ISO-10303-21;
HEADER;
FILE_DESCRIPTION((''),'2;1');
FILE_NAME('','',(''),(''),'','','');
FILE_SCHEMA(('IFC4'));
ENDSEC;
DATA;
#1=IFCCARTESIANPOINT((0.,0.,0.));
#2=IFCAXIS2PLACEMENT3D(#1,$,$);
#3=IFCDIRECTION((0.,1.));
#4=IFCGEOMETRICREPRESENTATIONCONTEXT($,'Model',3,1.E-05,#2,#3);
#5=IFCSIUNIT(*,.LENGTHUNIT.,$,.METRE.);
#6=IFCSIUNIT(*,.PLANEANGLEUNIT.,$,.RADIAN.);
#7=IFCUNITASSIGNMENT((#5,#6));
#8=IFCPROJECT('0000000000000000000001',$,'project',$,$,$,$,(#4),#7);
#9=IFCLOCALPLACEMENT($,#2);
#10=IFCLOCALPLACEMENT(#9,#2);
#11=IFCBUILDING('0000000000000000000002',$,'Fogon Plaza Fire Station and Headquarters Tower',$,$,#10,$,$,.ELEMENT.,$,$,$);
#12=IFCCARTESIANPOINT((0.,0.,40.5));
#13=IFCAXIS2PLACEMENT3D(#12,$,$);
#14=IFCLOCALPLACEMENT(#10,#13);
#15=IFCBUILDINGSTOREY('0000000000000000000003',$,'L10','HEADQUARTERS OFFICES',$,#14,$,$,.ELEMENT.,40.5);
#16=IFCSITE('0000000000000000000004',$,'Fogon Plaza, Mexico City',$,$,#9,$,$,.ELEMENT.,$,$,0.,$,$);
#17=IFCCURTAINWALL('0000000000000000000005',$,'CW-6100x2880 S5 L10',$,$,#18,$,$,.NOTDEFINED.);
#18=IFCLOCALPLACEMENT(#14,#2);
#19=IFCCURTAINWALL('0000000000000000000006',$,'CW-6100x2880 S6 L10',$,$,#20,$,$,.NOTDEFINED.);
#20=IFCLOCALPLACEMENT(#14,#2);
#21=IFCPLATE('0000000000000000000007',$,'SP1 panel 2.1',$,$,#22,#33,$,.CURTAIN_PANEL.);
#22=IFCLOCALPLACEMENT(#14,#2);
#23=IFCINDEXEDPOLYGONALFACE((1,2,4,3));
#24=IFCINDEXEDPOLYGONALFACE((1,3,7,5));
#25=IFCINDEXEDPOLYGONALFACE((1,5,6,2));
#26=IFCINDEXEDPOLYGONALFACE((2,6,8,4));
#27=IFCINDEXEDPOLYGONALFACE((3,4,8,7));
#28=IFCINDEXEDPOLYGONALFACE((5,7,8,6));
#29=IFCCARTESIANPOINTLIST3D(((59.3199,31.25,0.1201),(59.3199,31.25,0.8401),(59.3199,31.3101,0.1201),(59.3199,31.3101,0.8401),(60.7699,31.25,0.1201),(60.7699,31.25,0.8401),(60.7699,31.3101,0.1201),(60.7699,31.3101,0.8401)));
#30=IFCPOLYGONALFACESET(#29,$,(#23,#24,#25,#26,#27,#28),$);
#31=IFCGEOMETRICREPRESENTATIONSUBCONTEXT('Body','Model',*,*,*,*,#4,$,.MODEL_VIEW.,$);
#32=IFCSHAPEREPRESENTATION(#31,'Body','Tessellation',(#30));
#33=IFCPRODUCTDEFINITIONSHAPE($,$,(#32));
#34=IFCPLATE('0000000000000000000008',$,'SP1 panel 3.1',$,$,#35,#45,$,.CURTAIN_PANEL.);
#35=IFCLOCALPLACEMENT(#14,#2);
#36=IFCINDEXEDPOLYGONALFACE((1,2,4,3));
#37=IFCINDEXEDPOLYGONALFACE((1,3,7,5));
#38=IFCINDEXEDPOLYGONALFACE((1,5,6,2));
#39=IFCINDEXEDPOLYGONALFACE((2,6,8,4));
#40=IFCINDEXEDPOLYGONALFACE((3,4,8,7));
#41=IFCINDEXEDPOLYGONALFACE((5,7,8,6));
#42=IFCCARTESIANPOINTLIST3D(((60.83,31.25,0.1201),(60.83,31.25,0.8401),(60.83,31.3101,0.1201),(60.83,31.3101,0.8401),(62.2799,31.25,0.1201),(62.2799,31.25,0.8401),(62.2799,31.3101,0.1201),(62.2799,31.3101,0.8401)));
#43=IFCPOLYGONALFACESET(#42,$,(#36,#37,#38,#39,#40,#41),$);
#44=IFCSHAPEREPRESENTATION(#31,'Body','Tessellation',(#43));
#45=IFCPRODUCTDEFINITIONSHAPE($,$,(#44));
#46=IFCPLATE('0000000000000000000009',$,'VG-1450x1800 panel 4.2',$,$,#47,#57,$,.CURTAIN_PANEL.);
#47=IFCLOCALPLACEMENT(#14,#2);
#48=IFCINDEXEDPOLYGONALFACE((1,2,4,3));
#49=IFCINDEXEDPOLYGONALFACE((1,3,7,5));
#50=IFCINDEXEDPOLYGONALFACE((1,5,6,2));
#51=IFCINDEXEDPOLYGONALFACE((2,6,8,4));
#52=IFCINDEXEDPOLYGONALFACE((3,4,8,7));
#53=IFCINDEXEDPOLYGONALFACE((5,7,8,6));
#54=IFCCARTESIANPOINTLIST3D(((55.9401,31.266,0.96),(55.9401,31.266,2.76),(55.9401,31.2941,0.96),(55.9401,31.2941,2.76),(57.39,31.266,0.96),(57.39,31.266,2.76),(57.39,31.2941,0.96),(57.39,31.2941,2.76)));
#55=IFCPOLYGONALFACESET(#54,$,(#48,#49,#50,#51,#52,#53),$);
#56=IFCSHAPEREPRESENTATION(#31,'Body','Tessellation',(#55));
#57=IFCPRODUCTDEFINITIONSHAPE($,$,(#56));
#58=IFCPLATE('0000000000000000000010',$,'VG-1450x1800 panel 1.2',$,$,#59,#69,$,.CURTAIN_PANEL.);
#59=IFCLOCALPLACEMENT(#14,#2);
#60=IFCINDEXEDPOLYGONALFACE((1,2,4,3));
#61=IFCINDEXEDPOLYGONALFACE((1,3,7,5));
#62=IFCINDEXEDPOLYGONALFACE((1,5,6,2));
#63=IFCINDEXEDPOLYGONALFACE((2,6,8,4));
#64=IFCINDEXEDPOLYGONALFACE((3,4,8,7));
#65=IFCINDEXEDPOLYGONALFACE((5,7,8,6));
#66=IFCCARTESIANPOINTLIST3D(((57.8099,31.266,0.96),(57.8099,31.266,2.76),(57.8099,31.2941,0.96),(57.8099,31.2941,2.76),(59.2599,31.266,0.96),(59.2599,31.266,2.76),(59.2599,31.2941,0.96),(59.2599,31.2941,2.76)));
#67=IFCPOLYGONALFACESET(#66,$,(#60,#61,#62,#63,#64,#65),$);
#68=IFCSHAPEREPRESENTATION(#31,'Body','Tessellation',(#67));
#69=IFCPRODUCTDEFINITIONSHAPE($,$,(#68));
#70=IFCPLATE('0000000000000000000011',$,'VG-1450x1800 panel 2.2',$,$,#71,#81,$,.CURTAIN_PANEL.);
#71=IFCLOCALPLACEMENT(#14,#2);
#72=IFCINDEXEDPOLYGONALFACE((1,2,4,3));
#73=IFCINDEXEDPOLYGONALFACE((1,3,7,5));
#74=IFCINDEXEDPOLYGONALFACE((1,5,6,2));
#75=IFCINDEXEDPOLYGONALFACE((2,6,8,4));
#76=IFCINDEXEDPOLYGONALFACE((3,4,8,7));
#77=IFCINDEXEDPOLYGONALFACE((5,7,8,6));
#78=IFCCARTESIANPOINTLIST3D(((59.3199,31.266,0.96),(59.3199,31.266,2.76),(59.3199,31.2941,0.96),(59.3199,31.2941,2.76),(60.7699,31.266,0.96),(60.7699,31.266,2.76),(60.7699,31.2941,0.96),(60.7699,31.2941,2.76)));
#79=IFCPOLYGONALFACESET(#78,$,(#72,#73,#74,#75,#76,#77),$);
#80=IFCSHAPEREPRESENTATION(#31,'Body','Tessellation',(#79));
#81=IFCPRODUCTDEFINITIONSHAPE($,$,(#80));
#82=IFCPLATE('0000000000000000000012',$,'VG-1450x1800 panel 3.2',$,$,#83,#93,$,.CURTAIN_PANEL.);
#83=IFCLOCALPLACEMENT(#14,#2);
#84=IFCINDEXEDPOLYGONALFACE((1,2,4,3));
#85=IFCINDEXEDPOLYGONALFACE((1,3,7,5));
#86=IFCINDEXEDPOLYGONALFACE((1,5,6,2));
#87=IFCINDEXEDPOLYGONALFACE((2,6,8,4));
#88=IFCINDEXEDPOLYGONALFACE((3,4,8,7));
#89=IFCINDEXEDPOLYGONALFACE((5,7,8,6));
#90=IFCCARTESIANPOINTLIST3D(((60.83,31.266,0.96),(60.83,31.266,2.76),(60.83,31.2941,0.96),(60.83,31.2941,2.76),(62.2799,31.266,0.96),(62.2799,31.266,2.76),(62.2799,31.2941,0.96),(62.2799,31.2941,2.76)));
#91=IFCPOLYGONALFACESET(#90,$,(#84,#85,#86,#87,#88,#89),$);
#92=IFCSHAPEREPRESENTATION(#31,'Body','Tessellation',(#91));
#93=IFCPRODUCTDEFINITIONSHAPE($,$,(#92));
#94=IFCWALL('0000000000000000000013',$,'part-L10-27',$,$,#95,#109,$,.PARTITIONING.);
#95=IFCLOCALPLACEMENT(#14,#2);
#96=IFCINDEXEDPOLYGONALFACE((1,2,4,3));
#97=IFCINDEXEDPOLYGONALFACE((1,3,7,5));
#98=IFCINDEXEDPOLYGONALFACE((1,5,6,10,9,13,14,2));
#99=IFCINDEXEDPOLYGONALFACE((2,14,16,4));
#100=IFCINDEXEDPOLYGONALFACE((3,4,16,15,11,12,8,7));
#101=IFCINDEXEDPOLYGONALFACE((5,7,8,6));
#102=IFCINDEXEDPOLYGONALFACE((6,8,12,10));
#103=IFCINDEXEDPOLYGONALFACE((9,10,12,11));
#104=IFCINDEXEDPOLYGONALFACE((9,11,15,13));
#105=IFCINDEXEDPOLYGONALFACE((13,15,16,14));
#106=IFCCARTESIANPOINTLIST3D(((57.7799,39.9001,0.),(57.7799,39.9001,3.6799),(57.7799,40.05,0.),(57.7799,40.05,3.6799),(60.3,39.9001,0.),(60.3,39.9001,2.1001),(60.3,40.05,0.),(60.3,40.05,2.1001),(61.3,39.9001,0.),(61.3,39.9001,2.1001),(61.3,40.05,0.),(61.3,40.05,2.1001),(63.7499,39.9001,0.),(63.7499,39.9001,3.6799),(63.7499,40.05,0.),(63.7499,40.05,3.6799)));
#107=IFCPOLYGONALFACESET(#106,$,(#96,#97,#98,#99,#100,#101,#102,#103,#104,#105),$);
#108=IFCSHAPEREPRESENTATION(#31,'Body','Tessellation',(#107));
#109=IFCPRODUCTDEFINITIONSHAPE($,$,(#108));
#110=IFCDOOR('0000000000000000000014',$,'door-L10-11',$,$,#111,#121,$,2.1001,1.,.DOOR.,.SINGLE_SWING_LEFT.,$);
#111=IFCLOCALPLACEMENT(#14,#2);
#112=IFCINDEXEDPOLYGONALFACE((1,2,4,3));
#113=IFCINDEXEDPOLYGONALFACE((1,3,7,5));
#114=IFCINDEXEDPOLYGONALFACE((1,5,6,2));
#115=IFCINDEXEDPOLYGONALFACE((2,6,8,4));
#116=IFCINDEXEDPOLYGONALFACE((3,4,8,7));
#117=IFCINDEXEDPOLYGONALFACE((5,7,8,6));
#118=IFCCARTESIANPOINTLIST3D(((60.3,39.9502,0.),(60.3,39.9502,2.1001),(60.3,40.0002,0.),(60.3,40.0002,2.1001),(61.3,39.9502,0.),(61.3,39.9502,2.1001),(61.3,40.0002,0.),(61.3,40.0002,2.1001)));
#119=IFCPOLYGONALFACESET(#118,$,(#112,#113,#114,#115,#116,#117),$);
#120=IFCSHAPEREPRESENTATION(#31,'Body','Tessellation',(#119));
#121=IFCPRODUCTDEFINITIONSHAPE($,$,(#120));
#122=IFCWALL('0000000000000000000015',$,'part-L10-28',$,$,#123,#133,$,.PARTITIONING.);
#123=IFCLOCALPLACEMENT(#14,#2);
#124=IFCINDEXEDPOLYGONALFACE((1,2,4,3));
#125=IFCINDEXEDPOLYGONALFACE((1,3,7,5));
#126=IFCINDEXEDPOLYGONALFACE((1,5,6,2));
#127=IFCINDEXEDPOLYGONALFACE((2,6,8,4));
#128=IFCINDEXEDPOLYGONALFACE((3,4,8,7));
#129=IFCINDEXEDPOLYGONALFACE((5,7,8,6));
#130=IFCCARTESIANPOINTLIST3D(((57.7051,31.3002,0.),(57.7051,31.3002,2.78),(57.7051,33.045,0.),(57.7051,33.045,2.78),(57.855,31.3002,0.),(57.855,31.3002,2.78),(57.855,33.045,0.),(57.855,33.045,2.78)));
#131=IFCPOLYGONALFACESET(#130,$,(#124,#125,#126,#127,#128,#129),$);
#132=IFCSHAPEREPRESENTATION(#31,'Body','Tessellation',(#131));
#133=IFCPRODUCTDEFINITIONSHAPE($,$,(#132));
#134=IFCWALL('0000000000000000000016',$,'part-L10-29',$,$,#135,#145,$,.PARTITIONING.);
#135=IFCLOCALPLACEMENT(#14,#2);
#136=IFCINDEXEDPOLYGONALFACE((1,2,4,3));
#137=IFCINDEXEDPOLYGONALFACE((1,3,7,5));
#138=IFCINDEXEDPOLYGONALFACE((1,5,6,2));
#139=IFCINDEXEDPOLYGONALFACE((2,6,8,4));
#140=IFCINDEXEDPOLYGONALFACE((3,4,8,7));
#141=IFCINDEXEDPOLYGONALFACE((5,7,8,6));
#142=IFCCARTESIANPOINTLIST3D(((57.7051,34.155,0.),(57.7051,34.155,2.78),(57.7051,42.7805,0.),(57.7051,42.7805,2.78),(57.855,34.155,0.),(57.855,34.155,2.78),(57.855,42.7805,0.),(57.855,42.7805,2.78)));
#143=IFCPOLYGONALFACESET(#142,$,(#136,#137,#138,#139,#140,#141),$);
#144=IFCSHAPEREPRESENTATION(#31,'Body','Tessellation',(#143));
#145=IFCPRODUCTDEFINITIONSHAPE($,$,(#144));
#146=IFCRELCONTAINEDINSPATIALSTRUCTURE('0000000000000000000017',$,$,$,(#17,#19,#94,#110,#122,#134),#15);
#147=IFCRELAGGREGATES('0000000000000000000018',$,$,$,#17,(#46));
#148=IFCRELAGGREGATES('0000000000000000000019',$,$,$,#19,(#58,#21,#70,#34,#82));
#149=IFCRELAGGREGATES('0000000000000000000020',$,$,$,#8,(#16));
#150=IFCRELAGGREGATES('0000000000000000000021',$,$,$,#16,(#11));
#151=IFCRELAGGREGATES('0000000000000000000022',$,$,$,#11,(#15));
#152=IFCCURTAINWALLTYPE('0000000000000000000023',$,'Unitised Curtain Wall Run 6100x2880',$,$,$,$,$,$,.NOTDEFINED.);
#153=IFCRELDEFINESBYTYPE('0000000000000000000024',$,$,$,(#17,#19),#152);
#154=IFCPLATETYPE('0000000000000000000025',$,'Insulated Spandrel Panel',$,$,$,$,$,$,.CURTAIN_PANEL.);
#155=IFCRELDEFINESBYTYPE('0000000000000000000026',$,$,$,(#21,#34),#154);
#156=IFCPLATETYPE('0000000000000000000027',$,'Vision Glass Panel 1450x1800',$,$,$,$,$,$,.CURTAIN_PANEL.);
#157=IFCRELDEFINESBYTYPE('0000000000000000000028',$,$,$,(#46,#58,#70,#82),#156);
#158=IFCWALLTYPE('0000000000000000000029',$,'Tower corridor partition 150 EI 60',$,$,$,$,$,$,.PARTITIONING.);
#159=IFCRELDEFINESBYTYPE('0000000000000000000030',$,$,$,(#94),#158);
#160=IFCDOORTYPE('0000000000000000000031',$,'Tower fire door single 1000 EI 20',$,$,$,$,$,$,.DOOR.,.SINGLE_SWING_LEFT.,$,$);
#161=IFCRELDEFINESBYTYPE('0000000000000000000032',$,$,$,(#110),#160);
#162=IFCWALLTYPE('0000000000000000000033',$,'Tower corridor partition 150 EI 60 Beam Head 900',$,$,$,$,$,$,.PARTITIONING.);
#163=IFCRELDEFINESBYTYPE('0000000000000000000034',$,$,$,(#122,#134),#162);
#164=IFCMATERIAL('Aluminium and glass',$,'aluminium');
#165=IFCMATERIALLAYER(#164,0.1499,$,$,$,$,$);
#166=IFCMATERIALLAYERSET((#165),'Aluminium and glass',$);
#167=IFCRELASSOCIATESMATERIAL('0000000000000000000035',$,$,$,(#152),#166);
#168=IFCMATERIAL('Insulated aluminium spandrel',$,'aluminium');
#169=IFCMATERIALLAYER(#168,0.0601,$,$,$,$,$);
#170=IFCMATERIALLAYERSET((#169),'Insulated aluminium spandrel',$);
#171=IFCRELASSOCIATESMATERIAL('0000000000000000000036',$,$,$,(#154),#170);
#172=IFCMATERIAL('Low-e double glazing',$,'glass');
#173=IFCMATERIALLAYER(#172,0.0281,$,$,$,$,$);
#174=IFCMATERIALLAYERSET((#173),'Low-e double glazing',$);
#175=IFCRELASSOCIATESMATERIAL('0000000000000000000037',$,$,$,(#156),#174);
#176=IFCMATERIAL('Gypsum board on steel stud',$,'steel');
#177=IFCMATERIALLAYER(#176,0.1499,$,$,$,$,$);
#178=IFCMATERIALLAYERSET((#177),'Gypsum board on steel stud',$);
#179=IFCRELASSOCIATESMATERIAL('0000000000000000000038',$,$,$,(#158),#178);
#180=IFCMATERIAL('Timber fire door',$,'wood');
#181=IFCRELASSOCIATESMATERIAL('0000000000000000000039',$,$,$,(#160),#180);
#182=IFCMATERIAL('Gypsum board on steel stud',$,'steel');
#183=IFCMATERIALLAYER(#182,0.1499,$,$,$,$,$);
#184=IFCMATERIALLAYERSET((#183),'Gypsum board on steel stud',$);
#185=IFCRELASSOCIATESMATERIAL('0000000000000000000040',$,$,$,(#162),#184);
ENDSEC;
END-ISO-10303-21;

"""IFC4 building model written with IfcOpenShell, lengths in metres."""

from ifc_helpers import new_model, si_unit, direction, frame, frame_2d, origin, origin_2d, place, context, subcontext, project, spatial, rectangle, extrude, material, layer, layer_set, type_object, element, fill, aggregate, save


model = new_model("IFC4")

# Units and contexts
model_context = context("Model", 3, precision=1e-05, world=origin(), true_north=direction((0.0, 1.0)))
body_context = subcontext(model_context, "Body", "Model", "MODEL_VIEW")
ifc_project = project(units=[si_unit("LENGTHUNIT", "METRE"), si_unit("PLANEANGLEUNIT", "RADIAN")], contexts=[model_context])

# Site, building, storey
site_placement = place(None, origin())
site = spatial("IfcSite", under=ifc_project, at=site_placement, Name="Fogon Plaza, Mexico City", CompositionType="ELEMENT", RefElevation=0.0)
building_placement = place(site_placement, origin())
building = spatial("IfcBuilding", under=site, at=building_placement, Name="Fogon Plaza Fire Station and Headquarters Tower", CompositionType="ELEMENT")
storey_placement = place(building_placement, frame((0.0, 0.0, 40.5)))
storey = spatial("IfcBuildingStorey", under=building, at=storey_placement, Name="L10", Description="HEADQUARTERS OFFICES", CompositionType="ELEMENT", Elevation=40.5)

# Curtain walls
ifc_material_1 = material(Name="Aluminium and glass", Category="aluminium")
ifc_layer_1 = layer(ifc_material_1, 0.1499)
ifc_layer_set_1 = layer_set([ifc_layer_1], Name="Aluminium and glass")
curtain_wall_type = type_object("IfcCurtainWallType", Name="Unitised Curtain Wall Run 6100x2880", PredefinedType="NOTDEFINED", material=ifc_layer_set_1)
curtain_wall_1_placement = place(storey_placement, origin())
curtain_wall_1 = element("IfcCurtainWall", 1, at=curtain_wall_1_placement, inside=storey, type_object=curtain_wall_type, Name="CW-6100x2880 S5 L10", PredefinedType="NOTDEFINED")
curtain_wall_2_placement = place(storey_placement, origin())
curtain_wall_2 = element("IfcCurtainWall", 2, at=curtain_wall_2_placement, inside=storey, type_object=curtain_wall_type, Name="CW-6100x2880 S6 L10", PredefinedType="NOTDEFINED")

# Plates
ifc_material_2 = material(Name="Insulated aluminium spandrel", Category="aluminium")
ifc_layer_2 = layer(ifc_material_2, 0.0601)
ifc_layer_set_2 = layer_set([ifc_layer_2], Name="Insulated aluminium spandrel")
plate_type_1 = type_object("IfcPlateType", Name="Insulated Spandrel Panel", PredefinedType="CURTAIN_PANEL", material=ifc_layer_set_2)
plate_1_placement = place(storey_placement, frame((60.0449, 31.28, 0.1201), z_axis=(0.0, 0.0, 1.0), x_axis=(1.0, 0.0, 0.0)))
plate_1 = element("IfcPlate", 3, at=plate_1_placement, type_object=plate_type_1, Name="SP1 panel 2.1", PredefinedType="CURTAIN_PANEL", context=body_context, shape_type="SweptSolid", body=[
    extrude(rectangle(XDim=1.45, YDim=0.0601, at=origin_2d()), origin(), (0.0, 0.0, 1.0), 0.72),
])
plate_2_placement = place(storey_placement, frame((61.5549, 31.28, 0.1201), z_axis=(0.0, 0.0, 1.0), x_axis=(1.0, 0.0, 0.0)))
plate_2 = element("IfcPlate", 4, at=plate_2_placement, type_object=plate_type_1, Name="SP1 panel 3.1", PredefinedType="CURTAIN_PANEL", context=body_context, shape_type="SweptSolid", body=[
    extrude(rectangle(XDim=1.45, YDim=0.0601, at=origin_2d()), origin(), (0.0, 0.0, 1.0), 0.72),
])
ifc_material_3 = material(Name="Low-e double glazing", Category="glass")
ifc_layer_3 = layer(ifc_material_3, 0.0281)
ifc_layer_set_3 = layer_set([ifc_layer_3], Name="Low-e double glazing")
plate_type_2 = type_object("IfcPlateType", Name="Vision Glass Panel 1450x1800", PredefinedType="CURTAIN_PANEL", material=ifc_layer_set_3)
plate_3_placement = place(storey_placement, frame((56.665, 31.28, 0.96), z_axis=(0.0, 0.0, 1.0), x_axis=(1.0, 0.0, 0.0)))
plate_3 = element("IfcPlate", 5, at=plate_3_placement, type_object=plate_type_2, Name="VG-1450x1800 panel 4.2", PredefinedType="CURTAIN_PANEL", context=body_context, shape_type="SweptSolid", body=[
    extrude(rectangle(XDim=1.45, YDim=0.0281, at=origin_2d()), origin(), (0.0, 0.0, 1.0), 1.8),
])
aggregate(curtain_wall_1, [plate_3])
plate_4_placement = place(storey_placement, frame((58.5349, 31.28, 0.96), z_axis=(0.0, 0.0, 1.0), x_axis=(1.0, 0.0, 0.0)))
plate_4 = element("IfcPlate", 6, at=plate_4_placement, type_object=plate_type_2, Name="VG-1450x1800 panel 1.2", PredefinedType="CURTAIN_PANEL", context=body_context, shape_type="SweptSolid", body=[
    extrude(rectangle(XDim=1.45, YDim=0.0281, at=origin_2d()), origin(), (0.0, 0.0, 1.0), 1.8),
])
plate_5_placement = place(storey_placement, frame((60.0449, 31.28, 0.96), z_axis=(0.0, 0.0, 1.0), x_axis=(1.0, 0.0, 0.0)))
plate_5 = element("IfcPlate", 7, at=plate_5_placement, type_object=plate_type_2, Name="VG-1450x1800 panel 2.2", PredefinedType="CURTAIN_PANEL", context=body_context, shape_type="SweptSolid", body=[
    extrude(rectangle(XDim=1.45, YDim=0.0281, at=origin_2d()), origin(), (0.0, 0.0, 1.0), 1.8),
])
plate_6_placement = place(storey_placement, frame((61.5549, 31.28, 0.96), z_axis=(0.0, 0.0, 1.0), x_axis=(1.0, 0.0, 0.0)))
plate_6 = element("IfcPlate", 8, at=plate_6_placement, type_object=plate_type_2, Name="VG-1450x1800 panel 3.2", PredefinedType="CURTAIN_PANEL", context=body_context, shape_type="SweptSolid", body=[
    extrude(rectangle(XDim=1.45, YDim=0.0281, at=origin_2d()), origin(), (0.0, 0.0, 1.0), 1.8),
])
aggregate(curtain_wall_2, [plate_4, plate_1, plate_5, plate_2, plate_6])

# Wall, opening, door
ifc_material_4 = material(Name="Gypsum board on steel stud", Category="steel")
ifc_layer_4 = layer(ifc_material_4, 0.1499)
ifc_layer_set_4 = layer_set([ifc_layer_4], Name="Gypsum board on steel stud")
wall_type_1 = type_object("IfcWallType", Name="Tower corridor partition 150 EI 60", PredefinedType="PARTITIONING", material=ifc_layer_set_4)
wall_1_placement = place(storey_placement, frame((57.78, 39.9751, 0.0), z_axis=(0.0, 0.0, 1.0), x_axis=(1.0, 0.0, 0.0)))
wall_1 = element("IfcWall", 9, at=wall_1_placement, inside=storey, type_object=wall_type_1, Name="part-L10-27", PredefinedType="PARTITIONING", context=body_context, shape_type="SweptSolid", body=[
    extrude(rectangle(XDim=5.97, YDim=0.1499, at=frame_2d((2.9849, 0.0))), origin(), (0.0, 0.0, 1.0), 3.6799),
])
opening_placement = place(wall_1_placement, frame((2.52, 0.0, 0.0)))
opening = element("IfcOpeningElement", 10, at=opening_placement, cuts=wall_1, PredefinedType="OPENING", context=body_context, shape_type="SweptSolid", body=[
    extrude(rectangle(XDim=1.0, YDim=2.1001, at=frame_2d((0.5, 1.05))), frame((0.0, 0.085, 0.0), z_axis=(0.0, -1.0, 0.0), x_axis=(1.0, 0.0, 0.0)), (0.0, 0.0, 1.0), 0.1699),
])
ifc_material_5 = material(Name="Timber fire door", Category="wood")
door_type = type_object("IfcDoorType", Name="Tower fire door single 1000 EI 20", OperationType="SINGLE_SWING_LEFT", PredefinedType="DOOR", material=ifc_material_5)
door_placement = place(opening_placement, frame((1.0, 0.0, 0.0), z_axis=(0.0, 0.0, 1.0), x_axis=(-1.0, 0.0, 0.0)))
door = element("IfcDoor", 11, at=door_placement, inside=storey, type_object=door_type, Name="door-L10-11", OperationType="SINGLE_SWING_LEFT", OverallHeight=2.1001, OverallWidth=1.0, PredefinedType="DOOR", context=body_context, shape_type="SweptSolid", body=[
    extrude(rectangle(XDim=1.0, YDim=2.1001, at=frame_2d((0.5, 1.05))), frame((0.0, 0.0249, 0.0), z_axis=(0.0, -1.0, 0.0), x_axis=(1.0, 0.0, 0.0)), (0.0, 0.0, 1.0), 0.05),
])
fill(opening, door)

# Walls
ifc_material_6 = material(Name="Gypsum board on steel stud", Category="steel")
ifc_layer_5 = layer(ifc_material_6, 0.1499)
ifc_layer_set_5 = layer_set([ifc_layer_5], Name="Gypsum board on steel stud")
wall_type_2 = type_object("IfcWallType", Name="Tower corridor partition 150 EI 60 Beam Head 900", PredefinedType="PARTITIONING", material=ifc_layer_set_5)
wall_2_placement = place(storey_placement, frame((57.78, 31.3, 0.0), z_axis=(0.0, 0.0, 1.0), x_axis=(0.0, 1.0, 0.0)))
element("IfcWall", 12, at=wall_2_placement, inside=storey, type_object=wall_type_2, Name="part-L10-28", PredefinedType="PARTITIONING", context=body_context, shape_type="SweptSolid", body=[
    extrude(rectangle(XDim=1.7449, YDim=0.1499, at=frame_2d((0.8726, 0.0))), origin(), (0.0, 0.0, 1.0), 2.78),
])
wall_3_placement = place(storey_placement, frame((57.78, 34.155, 0.0), z_axis=(0.0, 0.0, 1.0), x_axis=(0.0, 1.0, 0.0)))
element("IfcWall", 13, at=wall_3_placement, inside=storey, type_object=wall_type_2, Name="part-L10-29", PredefinedType="PARTITIONING", context=body_context, shape_type="SweptSolid", body=[
    extrude(rectangle(XDim=8.6255, YDim=0.1499, at=frame_2d((4.3127, 0.0))), origin(), (0.0, 0.0, 1.0), 2.78),
])

save(model, "model.ifc")
